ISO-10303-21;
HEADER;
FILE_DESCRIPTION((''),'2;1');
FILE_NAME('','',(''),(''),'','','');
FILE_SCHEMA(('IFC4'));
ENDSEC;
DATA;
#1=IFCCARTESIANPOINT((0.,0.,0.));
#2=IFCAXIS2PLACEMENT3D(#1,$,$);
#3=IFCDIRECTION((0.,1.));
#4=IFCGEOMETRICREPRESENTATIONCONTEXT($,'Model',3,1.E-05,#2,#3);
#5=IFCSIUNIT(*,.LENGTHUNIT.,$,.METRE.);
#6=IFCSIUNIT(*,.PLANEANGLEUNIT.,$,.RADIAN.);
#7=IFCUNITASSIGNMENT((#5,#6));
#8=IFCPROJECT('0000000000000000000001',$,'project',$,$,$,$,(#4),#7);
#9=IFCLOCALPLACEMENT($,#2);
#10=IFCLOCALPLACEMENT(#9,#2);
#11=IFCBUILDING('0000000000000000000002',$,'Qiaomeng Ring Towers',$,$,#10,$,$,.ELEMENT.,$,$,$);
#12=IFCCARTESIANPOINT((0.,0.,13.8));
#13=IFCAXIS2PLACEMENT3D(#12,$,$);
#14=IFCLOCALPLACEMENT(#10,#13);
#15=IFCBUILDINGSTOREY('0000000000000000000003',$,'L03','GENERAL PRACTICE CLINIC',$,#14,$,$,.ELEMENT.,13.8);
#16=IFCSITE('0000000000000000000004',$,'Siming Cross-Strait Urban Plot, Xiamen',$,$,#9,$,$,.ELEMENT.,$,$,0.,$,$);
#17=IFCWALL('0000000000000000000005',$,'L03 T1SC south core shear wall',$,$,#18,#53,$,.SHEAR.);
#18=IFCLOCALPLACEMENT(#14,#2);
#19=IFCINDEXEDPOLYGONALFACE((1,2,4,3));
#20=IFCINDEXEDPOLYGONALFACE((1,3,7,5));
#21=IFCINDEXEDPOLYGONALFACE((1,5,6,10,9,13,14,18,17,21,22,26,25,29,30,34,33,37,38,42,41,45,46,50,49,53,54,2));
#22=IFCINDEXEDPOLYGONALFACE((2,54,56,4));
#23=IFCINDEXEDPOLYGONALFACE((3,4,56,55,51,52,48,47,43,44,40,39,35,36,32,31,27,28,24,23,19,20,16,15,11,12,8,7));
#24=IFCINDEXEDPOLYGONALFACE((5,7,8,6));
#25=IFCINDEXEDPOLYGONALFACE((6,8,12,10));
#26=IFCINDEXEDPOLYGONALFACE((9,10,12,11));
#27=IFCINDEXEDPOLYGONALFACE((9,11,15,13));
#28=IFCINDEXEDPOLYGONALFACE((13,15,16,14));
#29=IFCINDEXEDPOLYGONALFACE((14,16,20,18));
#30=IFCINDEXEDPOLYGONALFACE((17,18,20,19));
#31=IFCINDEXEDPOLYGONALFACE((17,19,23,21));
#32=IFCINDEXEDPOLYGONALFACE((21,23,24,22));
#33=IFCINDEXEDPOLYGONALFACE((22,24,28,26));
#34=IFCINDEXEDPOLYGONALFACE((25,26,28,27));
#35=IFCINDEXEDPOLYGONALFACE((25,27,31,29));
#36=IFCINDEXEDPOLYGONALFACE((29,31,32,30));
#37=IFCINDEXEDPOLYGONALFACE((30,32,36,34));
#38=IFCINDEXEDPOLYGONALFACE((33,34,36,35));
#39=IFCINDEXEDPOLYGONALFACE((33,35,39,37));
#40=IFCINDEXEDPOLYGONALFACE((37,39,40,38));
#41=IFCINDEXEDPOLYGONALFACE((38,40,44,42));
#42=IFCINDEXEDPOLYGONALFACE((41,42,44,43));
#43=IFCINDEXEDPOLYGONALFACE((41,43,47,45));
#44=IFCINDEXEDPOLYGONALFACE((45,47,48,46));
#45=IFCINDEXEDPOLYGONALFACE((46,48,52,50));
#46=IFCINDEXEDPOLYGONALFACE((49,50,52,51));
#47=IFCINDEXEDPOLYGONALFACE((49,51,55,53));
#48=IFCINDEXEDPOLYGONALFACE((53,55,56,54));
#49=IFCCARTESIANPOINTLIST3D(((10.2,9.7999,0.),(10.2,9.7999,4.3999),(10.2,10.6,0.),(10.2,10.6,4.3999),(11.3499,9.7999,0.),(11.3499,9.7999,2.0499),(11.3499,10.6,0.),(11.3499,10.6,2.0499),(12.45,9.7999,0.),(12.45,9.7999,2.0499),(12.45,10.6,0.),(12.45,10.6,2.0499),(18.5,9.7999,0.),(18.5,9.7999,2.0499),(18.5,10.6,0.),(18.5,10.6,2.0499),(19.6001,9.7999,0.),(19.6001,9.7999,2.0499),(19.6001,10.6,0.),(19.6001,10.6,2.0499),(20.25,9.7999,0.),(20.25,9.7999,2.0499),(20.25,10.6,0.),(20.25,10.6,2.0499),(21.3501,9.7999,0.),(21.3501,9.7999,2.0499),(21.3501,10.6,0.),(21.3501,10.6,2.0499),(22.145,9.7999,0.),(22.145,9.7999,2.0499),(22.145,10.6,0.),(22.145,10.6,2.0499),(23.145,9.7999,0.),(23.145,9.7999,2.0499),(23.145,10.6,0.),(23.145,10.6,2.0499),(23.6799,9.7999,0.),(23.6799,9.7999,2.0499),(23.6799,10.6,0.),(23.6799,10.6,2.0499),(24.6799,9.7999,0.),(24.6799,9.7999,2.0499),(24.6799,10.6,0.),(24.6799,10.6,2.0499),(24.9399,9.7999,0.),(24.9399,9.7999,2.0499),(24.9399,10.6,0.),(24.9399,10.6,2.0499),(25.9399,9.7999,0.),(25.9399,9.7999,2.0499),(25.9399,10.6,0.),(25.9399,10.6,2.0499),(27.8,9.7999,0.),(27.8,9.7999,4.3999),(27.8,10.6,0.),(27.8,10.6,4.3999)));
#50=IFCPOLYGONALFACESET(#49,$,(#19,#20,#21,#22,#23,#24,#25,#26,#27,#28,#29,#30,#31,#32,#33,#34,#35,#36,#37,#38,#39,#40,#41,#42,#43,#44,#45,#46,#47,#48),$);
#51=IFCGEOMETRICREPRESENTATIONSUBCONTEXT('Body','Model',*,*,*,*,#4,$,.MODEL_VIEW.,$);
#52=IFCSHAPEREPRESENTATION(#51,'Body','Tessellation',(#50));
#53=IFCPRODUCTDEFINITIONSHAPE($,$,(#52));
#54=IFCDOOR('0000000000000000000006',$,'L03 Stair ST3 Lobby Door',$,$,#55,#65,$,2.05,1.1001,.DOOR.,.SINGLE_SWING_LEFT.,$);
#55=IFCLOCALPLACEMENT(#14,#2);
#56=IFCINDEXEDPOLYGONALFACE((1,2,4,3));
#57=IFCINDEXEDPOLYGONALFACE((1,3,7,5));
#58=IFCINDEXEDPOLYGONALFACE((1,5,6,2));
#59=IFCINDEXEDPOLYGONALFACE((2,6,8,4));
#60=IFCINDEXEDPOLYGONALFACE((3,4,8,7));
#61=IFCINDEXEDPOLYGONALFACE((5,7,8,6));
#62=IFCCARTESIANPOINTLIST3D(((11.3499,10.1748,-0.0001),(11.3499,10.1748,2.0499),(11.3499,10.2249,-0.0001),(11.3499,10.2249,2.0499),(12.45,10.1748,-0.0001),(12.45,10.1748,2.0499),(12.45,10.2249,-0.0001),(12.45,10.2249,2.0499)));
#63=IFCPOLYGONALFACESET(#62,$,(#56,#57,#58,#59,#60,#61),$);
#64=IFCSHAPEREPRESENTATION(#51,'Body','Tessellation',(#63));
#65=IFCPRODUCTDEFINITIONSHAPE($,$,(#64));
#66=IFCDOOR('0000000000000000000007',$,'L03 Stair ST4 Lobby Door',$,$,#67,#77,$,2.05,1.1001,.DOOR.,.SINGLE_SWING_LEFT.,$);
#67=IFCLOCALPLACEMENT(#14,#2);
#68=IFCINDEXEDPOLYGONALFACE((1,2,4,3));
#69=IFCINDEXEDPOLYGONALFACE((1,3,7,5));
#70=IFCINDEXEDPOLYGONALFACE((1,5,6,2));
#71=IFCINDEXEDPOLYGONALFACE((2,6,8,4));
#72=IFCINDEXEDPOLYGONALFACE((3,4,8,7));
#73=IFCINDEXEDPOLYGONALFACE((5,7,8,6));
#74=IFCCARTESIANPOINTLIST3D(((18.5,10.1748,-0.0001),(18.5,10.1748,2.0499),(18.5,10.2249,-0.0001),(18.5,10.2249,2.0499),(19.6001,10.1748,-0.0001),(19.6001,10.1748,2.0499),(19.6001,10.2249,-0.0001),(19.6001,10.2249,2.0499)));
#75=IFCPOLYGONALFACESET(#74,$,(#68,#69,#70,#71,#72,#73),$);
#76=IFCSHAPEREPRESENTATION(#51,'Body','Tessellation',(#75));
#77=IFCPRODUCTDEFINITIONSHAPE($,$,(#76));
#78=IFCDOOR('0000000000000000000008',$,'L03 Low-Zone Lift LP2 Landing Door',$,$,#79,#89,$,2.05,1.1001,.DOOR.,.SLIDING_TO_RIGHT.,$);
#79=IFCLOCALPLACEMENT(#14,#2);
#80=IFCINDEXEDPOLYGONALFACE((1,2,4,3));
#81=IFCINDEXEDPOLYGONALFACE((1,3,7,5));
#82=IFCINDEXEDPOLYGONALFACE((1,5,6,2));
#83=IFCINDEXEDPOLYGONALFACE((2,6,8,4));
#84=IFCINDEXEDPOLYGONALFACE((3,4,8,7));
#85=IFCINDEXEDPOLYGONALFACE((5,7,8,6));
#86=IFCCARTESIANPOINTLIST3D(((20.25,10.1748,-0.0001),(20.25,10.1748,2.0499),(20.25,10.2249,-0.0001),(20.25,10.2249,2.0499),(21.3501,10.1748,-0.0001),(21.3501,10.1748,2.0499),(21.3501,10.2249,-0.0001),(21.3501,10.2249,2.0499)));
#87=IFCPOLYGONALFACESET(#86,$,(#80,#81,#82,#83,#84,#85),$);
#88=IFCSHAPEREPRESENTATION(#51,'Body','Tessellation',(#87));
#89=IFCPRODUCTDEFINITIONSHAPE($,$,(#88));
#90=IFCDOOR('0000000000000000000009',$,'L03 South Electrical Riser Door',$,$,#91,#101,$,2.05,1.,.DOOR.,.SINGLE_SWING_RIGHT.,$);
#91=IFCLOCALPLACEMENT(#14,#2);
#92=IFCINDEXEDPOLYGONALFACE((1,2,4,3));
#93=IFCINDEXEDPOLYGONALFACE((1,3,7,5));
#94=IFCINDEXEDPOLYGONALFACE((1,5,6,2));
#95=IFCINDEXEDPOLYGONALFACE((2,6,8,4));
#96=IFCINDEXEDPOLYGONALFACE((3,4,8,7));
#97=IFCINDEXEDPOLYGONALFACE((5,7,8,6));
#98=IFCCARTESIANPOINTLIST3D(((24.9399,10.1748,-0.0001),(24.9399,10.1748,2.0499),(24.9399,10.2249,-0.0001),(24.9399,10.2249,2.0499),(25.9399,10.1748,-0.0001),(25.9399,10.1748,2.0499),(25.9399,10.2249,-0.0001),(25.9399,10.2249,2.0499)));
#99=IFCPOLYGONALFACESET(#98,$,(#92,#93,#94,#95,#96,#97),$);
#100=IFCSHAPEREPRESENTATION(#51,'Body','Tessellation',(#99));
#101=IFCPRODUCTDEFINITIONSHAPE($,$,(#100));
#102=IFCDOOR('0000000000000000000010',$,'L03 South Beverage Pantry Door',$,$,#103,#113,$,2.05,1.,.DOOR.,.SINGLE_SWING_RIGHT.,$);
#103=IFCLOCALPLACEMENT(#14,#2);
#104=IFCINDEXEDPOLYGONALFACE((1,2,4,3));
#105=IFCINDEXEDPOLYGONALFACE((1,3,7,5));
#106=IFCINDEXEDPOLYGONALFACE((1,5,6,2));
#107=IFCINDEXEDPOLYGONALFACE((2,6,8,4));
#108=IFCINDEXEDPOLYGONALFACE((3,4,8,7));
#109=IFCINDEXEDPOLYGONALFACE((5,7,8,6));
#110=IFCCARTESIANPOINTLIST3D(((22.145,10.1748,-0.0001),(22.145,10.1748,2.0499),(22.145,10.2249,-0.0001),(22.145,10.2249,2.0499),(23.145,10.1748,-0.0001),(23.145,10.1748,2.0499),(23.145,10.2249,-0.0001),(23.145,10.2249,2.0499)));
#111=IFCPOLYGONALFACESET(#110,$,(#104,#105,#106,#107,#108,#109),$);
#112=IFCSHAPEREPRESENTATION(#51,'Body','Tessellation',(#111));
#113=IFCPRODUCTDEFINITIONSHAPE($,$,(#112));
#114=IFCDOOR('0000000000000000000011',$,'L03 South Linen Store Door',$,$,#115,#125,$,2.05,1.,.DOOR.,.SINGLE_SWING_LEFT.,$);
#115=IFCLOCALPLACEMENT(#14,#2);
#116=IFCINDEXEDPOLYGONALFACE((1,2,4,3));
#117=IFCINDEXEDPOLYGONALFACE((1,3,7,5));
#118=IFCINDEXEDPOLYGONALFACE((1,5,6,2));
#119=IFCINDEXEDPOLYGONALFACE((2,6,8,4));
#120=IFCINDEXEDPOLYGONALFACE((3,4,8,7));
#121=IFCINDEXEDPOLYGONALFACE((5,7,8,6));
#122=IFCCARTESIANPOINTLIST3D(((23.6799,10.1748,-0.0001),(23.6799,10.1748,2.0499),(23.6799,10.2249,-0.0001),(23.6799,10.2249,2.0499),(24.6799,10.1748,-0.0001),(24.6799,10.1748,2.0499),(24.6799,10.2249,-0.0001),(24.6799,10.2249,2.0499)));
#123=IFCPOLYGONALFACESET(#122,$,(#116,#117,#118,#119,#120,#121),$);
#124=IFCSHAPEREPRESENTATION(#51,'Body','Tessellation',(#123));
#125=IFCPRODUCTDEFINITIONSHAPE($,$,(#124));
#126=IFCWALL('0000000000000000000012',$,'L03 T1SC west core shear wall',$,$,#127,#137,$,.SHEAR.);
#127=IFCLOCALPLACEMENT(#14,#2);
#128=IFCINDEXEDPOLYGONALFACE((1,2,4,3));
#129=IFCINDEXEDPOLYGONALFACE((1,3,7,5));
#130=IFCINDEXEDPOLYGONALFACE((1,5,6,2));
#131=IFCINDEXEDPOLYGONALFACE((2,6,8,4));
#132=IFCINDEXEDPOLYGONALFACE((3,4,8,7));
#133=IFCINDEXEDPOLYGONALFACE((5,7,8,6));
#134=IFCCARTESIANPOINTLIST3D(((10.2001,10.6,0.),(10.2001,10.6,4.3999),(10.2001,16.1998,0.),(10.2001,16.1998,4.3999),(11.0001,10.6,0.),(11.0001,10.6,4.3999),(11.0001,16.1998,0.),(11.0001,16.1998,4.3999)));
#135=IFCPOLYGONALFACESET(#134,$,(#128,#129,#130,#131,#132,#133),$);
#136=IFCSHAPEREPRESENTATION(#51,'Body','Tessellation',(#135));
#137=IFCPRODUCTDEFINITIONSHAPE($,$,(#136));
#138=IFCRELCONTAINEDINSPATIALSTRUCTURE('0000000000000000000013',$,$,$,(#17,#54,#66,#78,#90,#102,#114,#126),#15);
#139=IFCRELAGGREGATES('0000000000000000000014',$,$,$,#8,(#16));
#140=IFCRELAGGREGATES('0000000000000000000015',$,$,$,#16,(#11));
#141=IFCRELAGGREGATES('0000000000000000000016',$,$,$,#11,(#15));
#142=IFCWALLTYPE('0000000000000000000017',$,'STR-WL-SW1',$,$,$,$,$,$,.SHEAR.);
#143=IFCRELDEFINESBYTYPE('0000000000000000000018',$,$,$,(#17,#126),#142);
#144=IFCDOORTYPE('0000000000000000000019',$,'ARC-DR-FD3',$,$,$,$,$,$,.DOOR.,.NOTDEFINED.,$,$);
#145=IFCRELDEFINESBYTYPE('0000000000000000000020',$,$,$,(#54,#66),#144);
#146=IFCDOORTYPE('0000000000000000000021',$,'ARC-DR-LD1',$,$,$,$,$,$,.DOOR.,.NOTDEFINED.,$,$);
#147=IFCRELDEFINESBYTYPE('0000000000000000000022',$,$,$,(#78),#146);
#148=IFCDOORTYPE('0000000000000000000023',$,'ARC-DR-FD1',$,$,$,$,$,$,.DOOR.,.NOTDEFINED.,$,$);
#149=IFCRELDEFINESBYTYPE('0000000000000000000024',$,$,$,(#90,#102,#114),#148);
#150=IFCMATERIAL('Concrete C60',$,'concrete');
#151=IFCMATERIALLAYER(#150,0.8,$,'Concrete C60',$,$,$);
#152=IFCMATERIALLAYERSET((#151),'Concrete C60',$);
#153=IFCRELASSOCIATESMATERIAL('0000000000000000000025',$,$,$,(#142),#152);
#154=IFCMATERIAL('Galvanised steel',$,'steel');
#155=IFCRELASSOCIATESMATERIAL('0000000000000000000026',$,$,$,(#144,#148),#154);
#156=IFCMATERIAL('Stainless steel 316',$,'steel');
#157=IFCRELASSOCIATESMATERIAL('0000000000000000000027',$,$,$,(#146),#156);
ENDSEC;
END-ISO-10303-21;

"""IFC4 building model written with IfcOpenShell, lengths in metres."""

from ifc_helpers import new_model, si_unit, direction, frame, frame_2d, origin, place, context, subcontext, project, spatial, rectangle, extrude, source, transform, mapped, material, layer, layer_set, type_object, element, fill, save


model = new_model("IFC4")

# Units and contexts
model_context = context("Model", 3, precision=1e-05, world=origin(), true_north=direction((0.0, 1.0)))
body_context = subcontext(model_context, "Body", "Model", "MODEL_VIEW")
ifc_project = project(units=[si_unit("LENGTHUNIT", "METRE"), si_unit("PLANEANGLEUNIT", "RADIAN")], contexts=[model_context])

# Site, building, storey
site_placement = place(None, origin())
site = spatial("IfcSite", under=ifc_project, at=site_placement, Name="Siming Cross-Strait Urban Plot, Xiamen", CompositionType="ELEMENT", RefElevation=0.0)
building_placement = place(site_placement, origin())
building = spatial("IfcBuilding", under=site, at=building_placement, Name="Qiaomeng Ring Towers", CompositionType="ELEMENT")
storey_placement = place(building_placement, frame((0.0, 0.0, 13.8)))
storey = spatial("IfcBuildingStorey", under=building, at=storey_placement, Name="L03", Description="GENERAL PRACTICE CLINIC", CompositionType="ELEMENT", Elevation=13.8)

# Shared definitions
ifc_material_1 = material(Name="Concrete C60", Category="concrete")

# Shared definitions
shared_shape_1 = source(origin(), body_context, "Body", "SweptSolid", [
    extrude(rectangle(XDim=1.0, YDim=2.05, at=frame_2d((0.5, 1.0249))), frame((0.0, 0.0249, 0.0), z_axis=(0.0, -1.0, 0.0), x_axis=(1.0, 0.0, 0.0)), (0.0, 0.0, 1.0), 0.05),
])

# Wall, openings, doors
ifc_layer_1 = layer(ifc_material_1, 0.8, Name="Concrete C60")
ifc_layer_set_1 = layer_set([ifc_layer_1], Name="Concrete C60")
wall_type_1 = type_object("IfcWallType", Name="STR-WL-SW1", PredefinedType="SHEAR", material=ifc_layer_set_1)
wall_1_placement = place(storey_placement, frame((10.2, 10.2, 0.0), z_axis=(0.0, 0.0, 1.0), x_axis=(1.0, 0.0, 0.0)))
wall_1 = element("IfcWall", 1, at=wall_1_placement, inside=storey, type_object=wall_type_1, Name="L03 T1SC south core shear wall", PredefinedType="SHEAR", context=body_context, shape_type="SweptSolid", body=[
    extrude(rectangle(XDim=17.6001, YDim=0.8, at=frame_2d((8.8, 0.0))), origin(), (0.0, 0.0, 1.0), 4.3999),
])
opening_1_placement = place(wall_1_placement, frame((1.1499, 0.0, 0.0)))
opening_1 = element("IfcOpeningElement", 2, at=opening_1_placement, cuts=wall_1, PredefinedType="OPENING", context=body_context, shape_type="SweptSolid", body=[
    extrude(rectangle(XDim=1.1001, YDim=2.05, at=frame_2d((0.55, 1.0249))), frame((0.0, 0.4099, 0.0), z_axis=(0.0, -1.0, 0.0), x_axis=(1.0, 0.0, 0.0)), (0.0, 0.0, 1.0), 0.8201),
])
opening_2_placement = place(wall_1_placement, frame((8.3, 0.0, 0.0)))
opening_2 = element("IfcOpeningElement", 3, at=opening_2_placement, cuts=wall_1, PredefinedType="OPENING", context=body_context, shape_type="SweptSolid", body=[
    extrude(rectangle(XDim=1.1001, YDim=2.05, at=frame_2d((0.55, 1.0249))), frame((0.0, 0.4099, 0.0), z_axis=(0.0, -1.0, 0.0), x_axis=(1.0, 0.0, 0.0)), (0.0, 0.0, 1.0), 0.8201),
])
opening_3_placement = place(wall_1_placement, frame((10.05, 0.0, 0.0)))
opening_3 = element("IfcOpeningElement", 4, at=opening_3_placement, cuts=wall_1, PredefinedType="OPENING", context=body_context, shape_type="SweptSolid", body=[
    extrude(rectangle(XDim=1.1001, YDim=2.05, at=frame_2d((0.55, 1.0249))), frame((0.0, 0.4099, 0.0), z_axis=(0.0, -1.0, 0.0), x_axis=(1.0, 0.0, 0.0)), (0.0, 0.0, 1.0), 0.8201),
])
opening_4_placement = place(wall_1_placement, frame((14.74, 0.0, 0.0)))
opening_4 = element("IfcOpeningElement", 5, at=opening_4_placement, cuts=wall_1, PredefinedType="OPENING", context=body_context, shape_type="SweptSolid", body=[
    extrude(rectangle(XDim=1.0, YDim=2.05, at=frame_2d((0.5, 1.0249))), frame((0.0, 0.4099, 0.0), z_axis=(0.0, -1.0, 0.0), x_axis=(1.0, 0.0, 0.0)), (0.0, 0.0, 1.0), 0.8201),
])
opening_5_placement = place(wall_1_placement, frame((11.9451, 0.0, 0.0)))
opening_5 = element("IfcOpeningElement", 6, at=opening_5_placement, cuts=wall_1, PredefinedType="OPENING", context=body_context, shape_type="SweptSolid", body=[
    extrude(rectangle(XDim=1.0, YDim=2.05, at=frame_2d((0.5, 1.0249))), frame((0.0, 0.4099, 0.0), z_axis=(0.0, -1.0, 0.0), x_axis=(1.0, 0.0, 0.0)), (0.0, 0.0, 1.0), 0.8201),
])
opening_6_placement = place(wall_1_placement, frame((13.48, 0.0, 0.0)))
opening_6 = element("IfcOpeningElement", 7, at=opening_6_placement, cuts=wall_1, PredefinedType="OPENING", context=body_context, shape_type="SweptSolid", body=[
    extrude(rectangle(XDim=1.0, YDim=2.05, at=frame_2d((0.5, 1.0249))), frame((0.0, 0.4099, 0.0), z_axis=(0.0, -1.0, 0.0), x_axis=(1.0, 0.0, 0.0)), (0.0, 0.0, 1.0), 0.8201),
])
ifc_material_2 = material(Name="Galvanised steel", Category="steel")
door_type_1 = type_object("IfcDoorType", Name="ARC-DR-FD3", OperationType="NOTDEFINED", PredefinedType="DOOR", material=ifc_material_2)
shared_shape_2 = source(origin(), body_context, "Body", "SweptSolid", [
    extrude(rectangle(XDim=1.1001, YDim=2.05, at=frame_2d((0.55, 1.0249))), frame((0.0, 0.0249, 0.0), z_axis=(0.0, -1.0, 0.0), x_axis=(1.0, 0.0, 0.0)), (0.0, 0.0, 1.0), 0.05),
])
door_1_placement = place(opening_1_placement, origin())
door_1 = element("IfcDoor", 8, at=door_1_placement, inside=storey, type_object=door_type_1, Name="L03 Stair ST3 Lobby Door", OperationType="SINGLE_SWING_LEFT", OverallHeight=2.05, OverallWidth=1.1001, PredefinedType="DOOR", context=body_context, shape_type="MappedRepresentation", body=[
    mapped(shared_shape_2, transform((0.0, 0.0, 0.0), x_axis=(1.0, 0.0, 0.0), y_axis=(0.0, 1.0, 0.0), z_axis=(0.0, 0.0, 1.0), scale=1.0)),
])
fill(opening_1, door_1)
door_2_placement = place(opening_2_placement, origin())
door_2 = element("IfcDoor", 9, at=door_2_placement, inside=storey, type_object=door_type_1, Name="L03 Stair ST4 Lobby Door", OperationType="SINGLE_SWING_LEFT", OverallHeight=2.05, OverallWidth=1.1001, PredefinedType="DOOR", context=body_context, shape_type="MappedRepresentation", body=[
    mapped(shared_shape_2, transform((0.0, 0.0, 0.0), x_axis=(1.0, 0.0, 0.0), y_axis=(0.0, 1.0, 0.0), z_axis=(0.0, 0.0, 1.0), scale=1.0)),
])
fill(opening_2, door_2)
ifc_material_3 = material(Name="Stainless steel 316", Category="steel")
door_type_2 = type_object("IfcDoorType", Name="ARC-DR-LD1", OperationType="NOTDEFINED", PredefinedType="DOOR", material=ifc_material_3)
door_3_placement = place(opening_3_placement, origin())
door_3 = element("IfcDoor", 10, at=door_3_placement, inside=storey, type_object=door_type_2, Name="L03 Low-Zone Lift LP2 Landing Door", OperationType="SLIDING_TO_RIGHT", OverallHeight=2.05, OverallWidth=1.1001, PredefinedType="DOOR", context=body_context, shape_type="MappedRepresentation", body=[
    mapped(shared_shape_2, transform((0.0, 0.0, 0.0), x_axis=(1.0, 0.0, 0.0), y_axis=(0.0, 1.0, 0.0), z_axis=(0.0, 0.0, 1.0), scale=1.0)),
])
fill(opening_3, door_3)
door_type_3 = type_object("IfcDoorType", Name="ARC-DR-FD1", OperationType="NOTDEFINED", PredefinedType="DOOR", material=ifc_material_2)
door_4_placement = place(opening_4_placement, origin())
door_4 = element("IfcDoor", 11, at=door_4_placement, inside=storey, type_object=door_type_3, Name="L03 South Electrical Riser Door", OperationType="SINGLE_SWING_RIGHT", OverallHeight=2.05, OverallWidth=1.0, PredefinedType="DOOR", context=body_context, shape_type="MappedRepresentation", body=[
    mapped(shared_shape_1, transform((0.0, 0.0, 0.0), x_axis=(1.0, 0.0, 0.0), y_axis=(0.0, 1.0, 0.0), z_axis=(0.0, 0.0, 1.0), scale=1.0)),
])
fill(opening_4, door_4)
door_5_placement = place(opening_5_placement, origin())
door_5 = element("IfcDoor", 12, at=door_5_placement, inside=storey, type_object=door_type_3, Name="L03 South Beverage Pantry Door", OperationType="SINGLE_SWING_RIGHT", OverallHeight=2.05, OverallWidth=1.0, PredefinedType="DOOR", context=body_context, shape_type="MappedRepresentation", body=[
    mapped(shared_shape_1, transform((0.0, 0.0, 0.0), x_axis=(1.0, 0.0, 0.0), y_axis=(0.0, 1.0, 0.0), z_axis=(0.0, 0.0, 1.0), scale=1.0)),
])
fill(opening_5, door_5)
door_6_placement = place(opening_6_placement, origin())
door_6 = element("IfcDoor", 13, at=door_6_placement, inside=storey, type_object=door_type_3, Name="L03 South Linen Store Door", OperationType="SINGLE_SWING_LEFT", OverallHeight=2.05, OverallWidth=1.0, PredefinedType="DOOR", context=body_context, shape_type="MappedRepresentation", body=[
    mapped(shared_shape_1, transform((0.0, 0.0, 0.0), x_axis=(1.0, 0.0, 0.0), y_axis=(0.0, 1.0, 0.0), z_axis=(0.0, 0.0, 1.0), scale=1.0)),
])
fill(opening_6, door_6)

# Wall
wall_2_placement = place(storey_placement, frame((10.6001, 10.6001, 0.0), z_axis=(0.0, 0.0, 1.0), x_axis=(0.0, 1.0, 0.0)))
element("IfcWall", 14, at=wall_2_placement, inside=storey, type_object=wall_type_1, Name="L03 T1SC west core shear wall", PredefinedType="SHEAR", context=body_context, shape_type="SweptSolid", body=[
    extrude(rectangle(XDim=5.5999, YDim=0.8, at=frame_2d((2.7998, 0.0))), origin(), (0.0, 0.0, 1.0), 4.3999),
])

save(model, "model.ifc")
